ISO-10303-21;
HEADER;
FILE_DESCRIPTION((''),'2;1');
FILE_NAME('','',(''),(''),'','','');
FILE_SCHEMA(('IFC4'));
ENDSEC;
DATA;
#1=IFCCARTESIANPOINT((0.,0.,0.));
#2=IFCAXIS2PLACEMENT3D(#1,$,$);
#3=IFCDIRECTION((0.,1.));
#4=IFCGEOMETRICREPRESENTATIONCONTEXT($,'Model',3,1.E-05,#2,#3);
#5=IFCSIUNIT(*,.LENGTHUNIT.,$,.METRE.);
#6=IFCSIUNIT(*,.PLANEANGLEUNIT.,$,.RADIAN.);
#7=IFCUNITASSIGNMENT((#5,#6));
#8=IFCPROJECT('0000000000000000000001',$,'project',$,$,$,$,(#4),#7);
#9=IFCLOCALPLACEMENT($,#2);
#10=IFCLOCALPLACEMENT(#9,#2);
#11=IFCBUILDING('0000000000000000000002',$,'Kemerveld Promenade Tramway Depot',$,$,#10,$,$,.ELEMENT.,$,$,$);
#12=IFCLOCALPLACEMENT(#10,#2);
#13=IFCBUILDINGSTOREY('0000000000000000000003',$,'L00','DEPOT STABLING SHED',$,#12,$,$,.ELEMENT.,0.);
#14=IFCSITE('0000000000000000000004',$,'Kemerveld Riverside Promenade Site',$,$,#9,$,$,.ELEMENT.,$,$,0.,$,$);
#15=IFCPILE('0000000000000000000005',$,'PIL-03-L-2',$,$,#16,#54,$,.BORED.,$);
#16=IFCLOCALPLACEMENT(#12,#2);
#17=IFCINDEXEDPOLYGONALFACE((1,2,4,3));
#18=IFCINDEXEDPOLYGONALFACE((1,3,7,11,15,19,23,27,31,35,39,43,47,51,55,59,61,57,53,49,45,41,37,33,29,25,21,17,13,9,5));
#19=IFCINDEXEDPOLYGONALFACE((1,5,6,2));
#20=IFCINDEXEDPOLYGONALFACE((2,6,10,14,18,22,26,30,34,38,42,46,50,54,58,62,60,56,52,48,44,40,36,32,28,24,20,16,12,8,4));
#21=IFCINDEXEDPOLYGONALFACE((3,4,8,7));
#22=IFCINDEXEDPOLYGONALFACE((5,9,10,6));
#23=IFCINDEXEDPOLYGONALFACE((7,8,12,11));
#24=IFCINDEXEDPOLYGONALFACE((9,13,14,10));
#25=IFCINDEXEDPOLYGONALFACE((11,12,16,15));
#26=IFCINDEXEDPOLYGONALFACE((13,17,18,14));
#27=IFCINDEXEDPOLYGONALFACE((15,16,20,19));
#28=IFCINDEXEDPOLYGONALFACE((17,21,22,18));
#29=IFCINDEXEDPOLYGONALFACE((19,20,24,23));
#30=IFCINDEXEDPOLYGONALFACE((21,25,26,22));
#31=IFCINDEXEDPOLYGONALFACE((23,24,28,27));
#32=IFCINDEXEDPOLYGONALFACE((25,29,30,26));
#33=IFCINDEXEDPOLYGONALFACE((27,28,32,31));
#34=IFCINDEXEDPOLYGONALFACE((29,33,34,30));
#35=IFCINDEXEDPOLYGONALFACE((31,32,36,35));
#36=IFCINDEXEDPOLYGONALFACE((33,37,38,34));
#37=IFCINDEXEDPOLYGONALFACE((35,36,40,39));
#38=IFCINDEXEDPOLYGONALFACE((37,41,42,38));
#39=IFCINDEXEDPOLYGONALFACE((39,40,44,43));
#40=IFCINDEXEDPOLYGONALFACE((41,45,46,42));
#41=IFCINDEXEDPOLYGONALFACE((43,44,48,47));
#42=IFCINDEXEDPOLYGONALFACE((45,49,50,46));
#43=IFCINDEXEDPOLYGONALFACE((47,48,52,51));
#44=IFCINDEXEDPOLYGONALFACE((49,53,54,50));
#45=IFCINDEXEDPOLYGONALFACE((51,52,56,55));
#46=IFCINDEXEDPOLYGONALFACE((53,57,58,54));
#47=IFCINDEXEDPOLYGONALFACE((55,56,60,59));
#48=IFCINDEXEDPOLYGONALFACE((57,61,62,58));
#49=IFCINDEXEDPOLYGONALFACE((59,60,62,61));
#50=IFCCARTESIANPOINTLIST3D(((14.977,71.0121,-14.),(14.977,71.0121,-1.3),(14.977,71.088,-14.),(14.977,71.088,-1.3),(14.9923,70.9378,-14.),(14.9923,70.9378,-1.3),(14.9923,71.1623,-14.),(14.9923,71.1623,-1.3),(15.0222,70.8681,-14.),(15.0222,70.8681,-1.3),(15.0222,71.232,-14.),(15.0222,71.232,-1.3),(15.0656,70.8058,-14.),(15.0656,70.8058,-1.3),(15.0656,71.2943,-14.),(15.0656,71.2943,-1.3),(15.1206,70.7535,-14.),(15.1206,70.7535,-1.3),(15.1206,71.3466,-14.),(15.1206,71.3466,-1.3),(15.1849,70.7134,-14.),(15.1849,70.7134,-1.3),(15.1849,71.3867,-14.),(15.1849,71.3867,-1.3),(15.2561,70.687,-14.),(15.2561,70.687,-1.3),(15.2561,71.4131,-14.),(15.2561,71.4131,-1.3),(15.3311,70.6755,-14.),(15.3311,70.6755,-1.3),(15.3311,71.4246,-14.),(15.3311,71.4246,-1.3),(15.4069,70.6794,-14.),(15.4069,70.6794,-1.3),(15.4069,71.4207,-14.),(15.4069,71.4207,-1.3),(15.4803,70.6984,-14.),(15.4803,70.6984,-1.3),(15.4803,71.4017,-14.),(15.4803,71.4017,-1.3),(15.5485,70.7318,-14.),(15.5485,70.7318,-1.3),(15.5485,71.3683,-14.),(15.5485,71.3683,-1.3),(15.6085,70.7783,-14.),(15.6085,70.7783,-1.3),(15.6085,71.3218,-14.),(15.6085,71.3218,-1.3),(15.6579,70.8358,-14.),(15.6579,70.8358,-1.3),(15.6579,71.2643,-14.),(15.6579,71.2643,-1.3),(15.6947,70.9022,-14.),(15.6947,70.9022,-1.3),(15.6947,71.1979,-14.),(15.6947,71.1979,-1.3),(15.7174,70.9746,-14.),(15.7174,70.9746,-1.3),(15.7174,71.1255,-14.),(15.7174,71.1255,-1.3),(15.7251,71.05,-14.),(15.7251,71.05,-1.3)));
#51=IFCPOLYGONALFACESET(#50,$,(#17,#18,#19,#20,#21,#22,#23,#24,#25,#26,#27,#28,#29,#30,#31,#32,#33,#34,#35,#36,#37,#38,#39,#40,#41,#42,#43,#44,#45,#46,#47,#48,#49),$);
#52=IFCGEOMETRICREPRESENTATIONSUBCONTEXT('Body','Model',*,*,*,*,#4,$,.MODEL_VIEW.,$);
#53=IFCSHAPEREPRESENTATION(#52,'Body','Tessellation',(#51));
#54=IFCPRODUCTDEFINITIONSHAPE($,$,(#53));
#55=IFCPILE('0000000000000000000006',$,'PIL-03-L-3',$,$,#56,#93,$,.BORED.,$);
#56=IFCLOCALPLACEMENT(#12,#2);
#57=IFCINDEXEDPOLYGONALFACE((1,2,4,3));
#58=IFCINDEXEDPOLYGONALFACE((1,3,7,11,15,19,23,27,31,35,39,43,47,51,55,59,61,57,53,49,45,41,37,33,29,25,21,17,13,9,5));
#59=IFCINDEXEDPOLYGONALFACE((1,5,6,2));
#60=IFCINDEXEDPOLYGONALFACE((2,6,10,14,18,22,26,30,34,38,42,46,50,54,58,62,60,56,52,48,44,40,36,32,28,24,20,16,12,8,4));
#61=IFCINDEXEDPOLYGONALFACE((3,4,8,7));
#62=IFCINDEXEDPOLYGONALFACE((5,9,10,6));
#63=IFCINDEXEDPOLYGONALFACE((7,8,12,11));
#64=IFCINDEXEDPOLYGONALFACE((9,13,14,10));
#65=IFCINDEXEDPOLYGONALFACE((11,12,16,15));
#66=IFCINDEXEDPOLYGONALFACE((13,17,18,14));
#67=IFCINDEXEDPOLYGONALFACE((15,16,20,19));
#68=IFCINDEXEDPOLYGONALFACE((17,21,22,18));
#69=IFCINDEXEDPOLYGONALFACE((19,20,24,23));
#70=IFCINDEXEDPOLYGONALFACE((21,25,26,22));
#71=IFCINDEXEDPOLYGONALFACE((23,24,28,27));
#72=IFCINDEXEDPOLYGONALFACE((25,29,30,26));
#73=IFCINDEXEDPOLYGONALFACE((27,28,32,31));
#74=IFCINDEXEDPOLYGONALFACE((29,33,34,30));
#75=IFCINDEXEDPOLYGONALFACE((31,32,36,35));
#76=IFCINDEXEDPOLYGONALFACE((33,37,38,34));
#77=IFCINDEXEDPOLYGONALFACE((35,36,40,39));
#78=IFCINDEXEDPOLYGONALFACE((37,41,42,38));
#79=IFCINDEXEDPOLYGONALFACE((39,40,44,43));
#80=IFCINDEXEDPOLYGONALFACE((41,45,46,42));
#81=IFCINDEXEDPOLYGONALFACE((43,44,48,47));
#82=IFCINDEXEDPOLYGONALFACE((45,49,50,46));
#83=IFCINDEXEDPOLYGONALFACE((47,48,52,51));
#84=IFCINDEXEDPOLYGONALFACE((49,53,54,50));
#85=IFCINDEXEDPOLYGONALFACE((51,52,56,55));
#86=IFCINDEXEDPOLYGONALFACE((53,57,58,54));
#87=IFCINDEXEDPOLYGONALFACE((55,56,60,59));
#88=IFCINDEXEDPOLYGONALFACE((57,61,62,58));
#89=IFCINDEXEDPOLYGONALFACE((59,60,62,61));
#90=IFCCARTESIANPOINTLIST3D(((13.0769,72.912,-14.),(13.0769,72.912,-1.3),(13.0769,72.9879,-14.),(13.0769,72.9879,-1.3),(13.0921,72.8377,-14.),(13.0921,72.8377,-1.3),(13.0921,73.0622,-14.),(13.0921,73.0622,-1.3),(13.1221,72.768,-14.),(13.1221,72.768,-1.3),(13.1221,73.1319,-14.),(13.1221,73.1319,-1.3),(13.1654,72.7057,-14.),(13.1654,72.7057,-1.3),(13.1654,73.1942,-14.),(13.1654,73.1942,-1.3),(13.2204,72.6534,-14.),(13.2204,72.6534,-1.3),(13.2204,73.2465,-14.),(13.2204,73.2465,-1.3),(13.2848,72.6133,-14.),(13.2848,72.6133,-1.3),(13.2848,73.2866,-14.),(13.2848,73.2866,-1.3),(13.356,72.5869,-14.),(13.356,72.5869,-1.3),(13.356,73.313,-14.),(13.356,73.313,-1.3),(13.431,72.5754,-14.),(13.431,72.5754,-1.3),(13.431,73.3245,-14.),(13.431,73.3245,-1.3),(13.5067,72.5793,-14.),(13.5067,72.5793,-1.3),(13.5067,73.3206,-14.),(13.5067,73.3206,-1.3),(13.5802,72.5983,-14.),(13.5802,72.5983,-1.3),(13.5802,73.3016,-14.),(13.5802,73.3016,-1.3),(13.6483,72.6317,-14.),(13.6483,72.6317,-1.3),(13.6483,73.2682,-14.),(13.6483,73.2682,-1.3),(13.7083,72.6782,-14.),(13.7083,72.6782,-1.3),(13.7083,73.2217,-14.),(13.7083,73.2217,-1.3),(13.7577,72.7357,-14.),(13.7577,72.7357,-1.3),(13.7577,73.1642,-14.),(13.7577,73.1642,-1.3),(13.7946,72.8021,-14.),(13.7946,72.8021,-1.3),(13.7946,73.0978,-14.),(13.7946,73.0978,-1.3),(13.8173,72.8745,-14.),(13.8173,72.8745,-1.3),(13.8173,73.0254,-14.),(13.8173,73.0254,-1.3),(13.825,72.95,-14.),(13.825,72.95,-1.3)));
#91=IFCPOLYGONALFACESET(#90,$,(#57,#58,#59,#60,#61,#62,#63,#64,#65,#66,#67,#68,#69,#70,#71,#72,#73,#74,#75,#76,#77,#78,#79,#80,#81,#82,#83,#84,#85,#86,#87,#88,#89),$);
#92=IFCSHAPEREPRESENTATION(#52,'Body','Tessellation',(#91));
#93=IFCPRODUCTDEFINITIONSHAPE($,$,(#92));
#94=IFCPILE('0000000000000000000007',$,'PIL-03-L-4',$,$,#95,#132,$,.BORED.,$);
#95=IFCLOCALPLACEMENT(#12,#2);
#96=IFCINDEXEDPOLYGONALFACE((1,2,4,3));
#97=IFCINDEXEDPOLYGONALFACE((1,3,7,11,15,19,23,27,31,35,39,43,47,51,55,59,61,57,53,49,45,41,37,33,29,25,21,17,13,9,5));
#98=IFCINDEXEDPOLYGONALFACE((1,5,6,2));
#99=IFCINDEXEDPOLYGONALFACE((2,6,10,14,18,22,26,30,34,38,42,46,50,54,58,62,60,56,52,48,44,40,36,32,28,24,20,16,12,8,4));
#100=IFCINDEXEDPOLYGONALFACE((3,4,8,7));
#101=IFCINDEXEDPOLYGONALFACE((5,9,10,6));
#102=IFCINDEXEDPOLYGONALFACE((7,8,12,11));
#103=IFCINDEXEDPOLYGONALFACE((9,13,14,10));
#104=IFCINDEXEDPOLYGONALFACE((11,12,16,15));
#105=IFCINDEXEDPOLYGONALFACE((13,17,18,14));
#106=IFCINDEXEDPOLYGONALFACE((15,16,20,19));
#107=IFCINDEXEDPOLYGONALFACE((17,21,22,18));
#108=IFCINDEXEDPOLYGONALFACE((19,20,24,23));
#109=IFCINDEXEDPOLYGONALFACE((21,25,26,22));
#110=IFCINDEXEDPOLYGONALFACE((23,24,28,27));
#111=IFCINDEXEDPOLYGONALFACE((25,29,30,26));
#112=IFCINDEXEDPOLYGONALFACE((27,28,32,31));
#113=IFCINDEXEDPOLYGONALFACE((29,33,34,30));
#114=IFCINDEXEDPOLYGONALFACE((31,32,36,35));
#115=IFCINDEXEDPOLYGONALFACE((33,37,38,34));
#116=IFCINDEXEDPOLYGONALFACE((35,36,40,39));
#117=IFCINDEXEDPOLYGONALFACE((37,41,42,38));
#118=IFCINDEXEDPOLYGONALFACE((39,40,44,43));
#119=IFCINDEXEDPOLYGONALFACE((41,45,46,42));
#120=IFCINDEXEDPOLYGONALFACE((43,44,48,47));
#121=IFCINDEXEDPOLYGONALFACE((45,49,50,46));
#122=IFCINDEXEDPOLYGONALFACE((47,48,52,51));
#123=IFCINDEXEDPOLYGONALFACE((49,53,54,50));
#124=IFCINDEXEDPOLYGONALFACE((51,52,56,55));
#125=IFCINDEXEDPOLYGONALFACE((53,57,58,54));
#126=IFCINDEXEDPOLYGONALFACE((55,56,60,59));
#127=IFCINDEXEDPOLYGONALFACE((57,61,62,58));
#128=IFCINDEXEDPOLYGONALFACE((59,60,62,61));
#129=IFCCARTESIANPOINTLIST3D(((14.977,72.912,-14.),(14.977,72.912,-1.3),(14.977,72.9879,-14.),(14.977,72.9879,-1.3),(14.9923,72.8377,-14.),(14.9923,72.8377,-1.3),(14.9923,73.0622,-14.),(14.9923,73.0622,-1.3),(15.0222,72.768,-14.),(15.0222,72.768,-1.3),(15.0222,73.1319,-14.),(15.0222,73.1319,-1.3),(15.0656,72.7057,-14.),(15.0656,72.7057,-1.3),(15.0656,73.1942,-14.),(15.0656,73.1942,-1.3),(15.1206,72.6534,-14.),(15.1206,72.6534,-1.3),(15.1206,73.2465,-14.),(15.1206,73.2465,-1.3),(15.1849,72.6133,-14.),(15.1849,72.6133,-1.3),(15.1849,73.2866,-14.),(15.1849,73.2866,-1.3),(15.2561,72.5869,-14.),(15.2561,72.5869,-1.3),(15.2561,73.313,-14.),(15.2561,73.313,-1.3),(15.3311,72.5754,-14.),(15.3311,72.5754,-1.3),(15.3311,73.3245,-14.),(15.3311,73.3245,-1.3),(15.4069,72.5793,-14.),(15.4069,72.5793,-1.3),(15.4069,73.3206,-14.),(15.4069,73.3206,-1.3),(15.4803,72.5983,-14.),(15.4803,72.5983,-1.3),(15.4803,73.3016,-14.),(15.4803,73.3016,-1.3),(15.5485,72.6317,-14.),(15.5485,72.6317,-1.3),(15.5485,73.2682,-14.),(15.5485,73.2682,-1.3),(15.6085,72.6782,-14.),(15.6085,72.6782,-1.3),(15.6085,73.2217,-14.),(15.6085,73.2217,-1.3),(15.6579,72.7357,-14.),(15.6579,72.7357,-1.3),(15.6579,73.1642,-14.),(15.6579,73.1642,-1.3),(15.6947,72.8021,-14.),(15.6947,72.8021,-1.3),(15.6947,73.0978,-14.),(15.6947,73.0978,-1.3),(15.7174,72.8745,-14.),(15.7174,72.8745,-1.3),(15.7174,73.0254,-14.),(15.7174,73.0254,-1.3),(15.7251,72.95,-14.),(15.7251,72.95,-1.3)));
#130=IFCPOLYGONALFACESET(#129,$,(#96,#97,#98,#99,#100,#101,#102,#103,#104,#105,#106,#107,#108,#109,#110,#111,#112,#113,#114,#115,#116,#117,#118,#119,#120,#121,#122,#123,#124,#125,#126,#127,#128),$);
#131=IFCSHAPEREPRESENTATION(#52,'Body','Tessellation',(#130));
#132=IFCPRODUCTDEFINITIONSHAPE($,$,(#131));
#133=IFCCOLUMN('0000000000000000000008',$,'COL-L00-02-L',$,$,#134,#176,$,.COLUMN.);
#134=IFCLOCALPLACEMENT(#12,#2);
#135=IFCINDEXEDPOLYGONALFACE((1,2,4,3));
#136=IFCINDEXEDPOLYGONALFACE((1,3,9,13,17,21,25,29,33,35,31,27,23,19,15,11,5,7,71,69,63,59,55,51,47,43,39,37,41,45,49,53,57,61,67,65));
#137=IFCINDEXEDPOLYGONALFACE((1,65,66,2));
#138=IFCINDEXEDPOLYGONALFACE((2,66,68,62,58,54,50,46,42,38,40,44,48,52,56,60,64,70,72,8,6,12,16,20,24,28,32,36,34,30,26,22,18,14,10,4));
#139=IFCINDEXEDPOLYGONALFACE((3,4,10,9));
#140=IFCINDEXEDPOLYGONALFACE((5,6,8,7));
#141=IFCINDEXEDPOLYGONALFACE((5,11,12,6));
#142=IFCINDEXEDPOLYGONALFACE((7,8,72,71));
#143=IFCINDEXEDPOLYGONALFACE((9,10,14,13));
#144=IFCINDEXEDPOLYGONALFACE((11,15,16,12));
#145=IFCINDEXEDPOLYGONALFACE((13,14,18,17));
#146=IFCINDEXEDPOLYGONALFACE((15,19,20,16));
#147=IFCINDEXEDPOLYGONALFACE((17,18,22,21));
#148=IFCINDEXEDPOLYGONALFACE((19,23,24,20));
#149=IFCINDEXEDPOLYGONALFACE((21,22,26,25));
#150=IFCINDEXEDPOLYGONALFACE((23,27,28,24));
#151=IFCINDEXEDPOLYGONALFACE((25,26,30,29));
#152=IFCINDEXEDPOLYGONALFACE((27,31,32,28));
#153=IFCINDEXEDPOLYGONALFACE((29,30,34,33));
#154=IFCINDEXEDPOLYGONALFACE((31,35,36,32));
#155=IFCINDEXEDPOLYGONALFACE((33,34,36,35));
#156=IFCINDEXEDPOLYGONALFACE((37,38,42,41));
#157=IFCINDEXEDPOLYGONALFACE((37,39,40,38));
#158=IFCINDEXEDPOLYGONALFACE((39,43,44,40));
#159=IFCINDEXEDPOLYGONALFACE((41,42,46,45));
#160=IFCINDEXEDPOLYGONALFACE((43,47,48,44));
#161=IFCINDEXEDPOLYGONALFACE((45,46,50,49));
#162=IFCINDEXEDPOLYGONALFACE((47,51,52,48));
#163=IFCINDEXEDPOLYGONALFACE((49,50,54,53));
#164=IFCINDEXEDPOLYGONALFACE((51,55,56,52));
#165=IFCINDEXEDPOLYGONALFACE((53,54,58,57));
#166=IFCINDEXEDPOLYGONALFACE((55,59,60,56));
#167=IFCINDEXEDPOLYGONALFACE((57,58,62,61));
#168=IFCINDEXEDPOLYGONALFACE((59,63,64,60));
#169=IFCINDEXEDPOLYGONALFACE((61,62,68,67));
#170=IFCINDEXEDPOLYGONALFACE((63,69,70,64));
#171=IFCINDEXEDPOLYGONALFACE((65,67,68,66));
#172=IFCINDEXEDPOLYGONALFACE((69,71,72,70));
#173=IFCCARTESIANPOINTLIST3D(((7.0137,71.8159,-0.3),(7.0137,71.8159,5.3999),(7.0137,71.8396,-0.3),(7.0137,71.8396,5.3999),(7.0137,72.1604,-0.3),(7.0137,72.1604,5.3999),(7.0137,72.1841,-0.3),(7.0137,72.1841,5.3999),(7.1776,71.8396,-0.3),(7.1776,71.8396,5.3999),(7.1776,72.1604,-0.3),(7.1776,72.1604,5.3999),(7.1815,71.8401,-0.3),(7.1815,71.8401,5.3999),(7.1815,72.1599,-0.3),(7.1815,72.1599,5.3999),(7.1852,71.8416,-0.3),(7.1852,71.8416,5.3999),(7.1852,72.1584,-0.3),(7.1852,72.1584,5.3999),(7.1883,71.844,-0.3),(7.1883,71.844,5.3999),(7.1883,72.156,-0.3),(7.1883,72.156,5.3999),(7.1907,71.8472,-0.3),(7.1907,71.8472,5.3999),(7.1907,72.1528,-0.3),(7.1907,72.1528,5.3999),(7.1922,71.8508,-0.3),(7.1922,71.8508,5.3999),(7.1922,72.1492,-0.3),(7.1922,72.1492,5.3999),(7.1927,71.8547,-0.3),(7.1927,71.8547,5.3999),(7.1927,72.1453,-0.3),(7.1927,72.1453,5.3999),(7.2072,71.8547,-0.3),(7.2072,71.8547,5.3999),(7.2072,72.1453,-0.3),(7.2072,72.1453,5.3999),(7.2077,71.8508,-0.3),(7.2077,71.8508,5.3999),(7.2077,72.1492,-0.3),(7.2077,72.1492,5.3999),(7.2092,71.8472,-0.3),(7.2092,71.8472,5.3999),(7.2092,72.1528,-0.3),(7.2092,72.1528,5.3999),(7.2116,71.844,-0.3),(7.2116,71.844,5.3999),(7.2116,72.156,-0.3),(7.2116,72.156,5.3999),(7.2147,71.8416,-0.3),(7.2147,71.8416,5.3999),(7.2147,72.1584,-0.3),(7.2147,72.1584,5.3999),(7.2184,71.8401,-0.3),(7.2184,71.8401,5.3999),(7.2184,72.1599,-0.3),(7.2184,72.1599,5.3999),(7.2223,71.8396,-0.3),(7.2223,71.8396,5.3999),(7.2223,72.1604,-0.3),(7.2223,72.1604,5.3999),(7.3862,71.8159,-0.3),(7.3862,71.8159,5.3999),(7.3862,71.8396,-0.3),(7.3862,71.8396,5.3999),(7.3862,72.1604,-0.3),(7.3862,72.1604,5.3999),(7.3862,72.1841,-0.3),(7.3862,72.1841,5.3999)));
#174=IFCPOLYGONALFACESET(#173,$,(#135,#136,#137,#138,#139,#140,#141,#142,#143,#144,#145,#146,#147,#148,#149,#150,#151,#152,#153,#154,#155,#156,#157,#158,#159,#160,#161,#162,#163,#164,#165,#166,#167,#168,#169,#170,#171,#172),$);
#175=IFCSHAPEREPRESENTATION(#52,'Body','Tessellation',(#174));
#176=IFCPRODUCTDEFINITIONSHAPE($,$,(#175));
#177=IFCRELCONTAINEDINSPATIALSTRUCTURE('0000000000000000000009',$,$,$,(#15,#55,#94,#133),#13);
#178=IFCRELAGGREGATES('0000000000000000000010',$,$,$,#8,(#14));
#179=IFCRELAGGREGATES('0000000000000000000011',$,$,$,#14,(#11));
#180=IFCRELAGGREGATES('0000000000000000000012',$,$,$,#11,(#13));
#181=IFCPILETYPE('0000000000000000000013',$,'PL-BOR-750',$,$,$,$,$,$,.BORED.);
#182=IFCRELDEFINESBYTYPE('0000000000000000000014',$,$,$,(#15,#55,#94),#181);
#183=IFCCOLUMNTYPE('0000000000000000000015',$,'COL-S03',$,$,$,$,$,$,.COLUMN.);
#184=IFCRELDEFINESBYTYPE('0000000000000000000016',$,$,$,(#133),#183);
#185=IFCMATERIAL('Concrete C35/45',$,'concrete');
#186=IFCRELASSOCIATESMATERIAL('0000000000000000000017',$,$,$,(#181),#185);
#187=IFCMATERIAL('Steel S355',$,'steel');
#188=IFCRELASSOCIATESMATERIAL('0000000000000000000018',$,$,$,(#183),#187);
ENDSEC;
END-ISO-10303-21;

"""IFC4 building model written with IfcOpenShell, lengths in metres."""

from ifc_helpers import new_model, si_unit, direction, frame, origin, origin_2d, place, context, subcontext, project, spatial, circle, i_section, extrude, material, material_profile, profile_set, type_object, element, save


model = new_model("IFC4")

# Units and contexts
model_context = context("Model", 3, precision=1e-05, world=origin(), true_north=direction((0.0, 1.0)))
body_context = subcontext(model_context, "Body", "Model", "MODEL_VIEW")
ifc_project = project(units=[si_unit("LENGTHUNIT", "METRE"), si_unit("PLANEANGLEUNIT", "RADIAN")], contexts=[model_context])

# Site, building, storey
site_placement = place(None, origin())
site = spatial("IfcSite", under=ifc_project, at=site_placement, Name="Kemerveld Riverside Promenade Site", CompositionType="ELEMENT", RefElevation=0.0)
building_placement = place(site_placement, origin())
building = spatial("IfcBuilding", under=site, at=building_placement, Name="Kemerveld Promenade Tramway Depot", CompositionType="ELEMENT")
storey_placement = place(building_placement, origin())
storey = spatial("IfcBuildingStorey", under=building, at=storey_placement, Name="L00", Description="DEPOT STABLING SHED", CompositionType="ELEMENT", Elevation=0.0)

# Shared definitions
ifc_material_1 = material(Name="Concrete C35/45", Category="concrete")

# Piles
ifc_material_profile_1 = material_profile(ifc_material_1, circle(Radius=0.375, at=origin_2d()), Name="PILE-D750")
ifc_profile_set_1 = profile_set([ifc_material_profile_1], Name="Concrete C35/45")
pile_type = type_object("IfcPileType", Name="PL-BOR-750", PredefinedType="BORED", material=ifc_profile_set_1)
for number, where, z_axis, x_axis, name in (
    (1, (15.3501, 71.05, -1.3), (0.0, 0.0, -1.0), (1.0, 0.0, 0.0), "PIL-03-L-2"),
    (2, (13.45, 72.95, -1.3), (0.0, 0.0, -1.0), (1.0, 0.0, 0.0), "PIL-03-L-3"),
    (3, (15.3501, 72.95, -1.3), (0.0, 0.0, -1.0), (1.0, 0.0, 0.0), "PIL-03-L-4"),
):
    element("IfcPile", number, at=place(storey_placement, frame(where, z_axis=z_axis, x_axis=x_axis)), inside=storey, type_object=pile_type, Name=name, PredefinedType="BORED", context=body_context, shape_type="SweptSolid", body=[
        extrude(circle(Radius=0.375, at=origin_2d()), origin(), (0.0, 0.0, 1.0), 12.7),
    ])

# Column
ifc_material_2 = material(Name="Steel S355", Category="steel")
ifc_material_profile_2 = material_profile(ifc_material_2, i_section(OverallWidth=0.3726, OverallDepth=0.3682, WebThickness=0.0144, FlangeThickness=0.0237, FilletRadius=0.0151, at=origin_2d()), Name="356x368x177 UC")
ifc_profile_set_2 = profile_set([ifc_material_profile_2], Name="Steel S355")
column_type = type_object("IfcColumnType", Name="COL-S03", PredefinedType="COLUMN", material=ifc_profile_set_2)
for number, where, z_axis, x_axis, name in (
    (4, (7.2, 72.0, -0.3), (0.0, 0.0, 1.0), (1.0, 0.0, 0.0), "COL-L00-02-L"),
):
    element("IfcColumn", number, at=place(storey_placement, frame(where, z_axis=z_axis, x_axis=x_axis)), inside=storey, type_object=column_type, Name=name, PredefinedType="COLUMN", context=body_context, shape_type="SweptSolid", body=[
        extrude(i_section(OverallWidth=0.3726, OverallDepth=0.3682, WebThickness=0.0144, FlangeThickness=0.0237, FilletRadius=0.0151, at=origin_2d()), origin(), (0.0, 0.0, 1.0), 5.7),
    ])

save(model, "model.ifc")
